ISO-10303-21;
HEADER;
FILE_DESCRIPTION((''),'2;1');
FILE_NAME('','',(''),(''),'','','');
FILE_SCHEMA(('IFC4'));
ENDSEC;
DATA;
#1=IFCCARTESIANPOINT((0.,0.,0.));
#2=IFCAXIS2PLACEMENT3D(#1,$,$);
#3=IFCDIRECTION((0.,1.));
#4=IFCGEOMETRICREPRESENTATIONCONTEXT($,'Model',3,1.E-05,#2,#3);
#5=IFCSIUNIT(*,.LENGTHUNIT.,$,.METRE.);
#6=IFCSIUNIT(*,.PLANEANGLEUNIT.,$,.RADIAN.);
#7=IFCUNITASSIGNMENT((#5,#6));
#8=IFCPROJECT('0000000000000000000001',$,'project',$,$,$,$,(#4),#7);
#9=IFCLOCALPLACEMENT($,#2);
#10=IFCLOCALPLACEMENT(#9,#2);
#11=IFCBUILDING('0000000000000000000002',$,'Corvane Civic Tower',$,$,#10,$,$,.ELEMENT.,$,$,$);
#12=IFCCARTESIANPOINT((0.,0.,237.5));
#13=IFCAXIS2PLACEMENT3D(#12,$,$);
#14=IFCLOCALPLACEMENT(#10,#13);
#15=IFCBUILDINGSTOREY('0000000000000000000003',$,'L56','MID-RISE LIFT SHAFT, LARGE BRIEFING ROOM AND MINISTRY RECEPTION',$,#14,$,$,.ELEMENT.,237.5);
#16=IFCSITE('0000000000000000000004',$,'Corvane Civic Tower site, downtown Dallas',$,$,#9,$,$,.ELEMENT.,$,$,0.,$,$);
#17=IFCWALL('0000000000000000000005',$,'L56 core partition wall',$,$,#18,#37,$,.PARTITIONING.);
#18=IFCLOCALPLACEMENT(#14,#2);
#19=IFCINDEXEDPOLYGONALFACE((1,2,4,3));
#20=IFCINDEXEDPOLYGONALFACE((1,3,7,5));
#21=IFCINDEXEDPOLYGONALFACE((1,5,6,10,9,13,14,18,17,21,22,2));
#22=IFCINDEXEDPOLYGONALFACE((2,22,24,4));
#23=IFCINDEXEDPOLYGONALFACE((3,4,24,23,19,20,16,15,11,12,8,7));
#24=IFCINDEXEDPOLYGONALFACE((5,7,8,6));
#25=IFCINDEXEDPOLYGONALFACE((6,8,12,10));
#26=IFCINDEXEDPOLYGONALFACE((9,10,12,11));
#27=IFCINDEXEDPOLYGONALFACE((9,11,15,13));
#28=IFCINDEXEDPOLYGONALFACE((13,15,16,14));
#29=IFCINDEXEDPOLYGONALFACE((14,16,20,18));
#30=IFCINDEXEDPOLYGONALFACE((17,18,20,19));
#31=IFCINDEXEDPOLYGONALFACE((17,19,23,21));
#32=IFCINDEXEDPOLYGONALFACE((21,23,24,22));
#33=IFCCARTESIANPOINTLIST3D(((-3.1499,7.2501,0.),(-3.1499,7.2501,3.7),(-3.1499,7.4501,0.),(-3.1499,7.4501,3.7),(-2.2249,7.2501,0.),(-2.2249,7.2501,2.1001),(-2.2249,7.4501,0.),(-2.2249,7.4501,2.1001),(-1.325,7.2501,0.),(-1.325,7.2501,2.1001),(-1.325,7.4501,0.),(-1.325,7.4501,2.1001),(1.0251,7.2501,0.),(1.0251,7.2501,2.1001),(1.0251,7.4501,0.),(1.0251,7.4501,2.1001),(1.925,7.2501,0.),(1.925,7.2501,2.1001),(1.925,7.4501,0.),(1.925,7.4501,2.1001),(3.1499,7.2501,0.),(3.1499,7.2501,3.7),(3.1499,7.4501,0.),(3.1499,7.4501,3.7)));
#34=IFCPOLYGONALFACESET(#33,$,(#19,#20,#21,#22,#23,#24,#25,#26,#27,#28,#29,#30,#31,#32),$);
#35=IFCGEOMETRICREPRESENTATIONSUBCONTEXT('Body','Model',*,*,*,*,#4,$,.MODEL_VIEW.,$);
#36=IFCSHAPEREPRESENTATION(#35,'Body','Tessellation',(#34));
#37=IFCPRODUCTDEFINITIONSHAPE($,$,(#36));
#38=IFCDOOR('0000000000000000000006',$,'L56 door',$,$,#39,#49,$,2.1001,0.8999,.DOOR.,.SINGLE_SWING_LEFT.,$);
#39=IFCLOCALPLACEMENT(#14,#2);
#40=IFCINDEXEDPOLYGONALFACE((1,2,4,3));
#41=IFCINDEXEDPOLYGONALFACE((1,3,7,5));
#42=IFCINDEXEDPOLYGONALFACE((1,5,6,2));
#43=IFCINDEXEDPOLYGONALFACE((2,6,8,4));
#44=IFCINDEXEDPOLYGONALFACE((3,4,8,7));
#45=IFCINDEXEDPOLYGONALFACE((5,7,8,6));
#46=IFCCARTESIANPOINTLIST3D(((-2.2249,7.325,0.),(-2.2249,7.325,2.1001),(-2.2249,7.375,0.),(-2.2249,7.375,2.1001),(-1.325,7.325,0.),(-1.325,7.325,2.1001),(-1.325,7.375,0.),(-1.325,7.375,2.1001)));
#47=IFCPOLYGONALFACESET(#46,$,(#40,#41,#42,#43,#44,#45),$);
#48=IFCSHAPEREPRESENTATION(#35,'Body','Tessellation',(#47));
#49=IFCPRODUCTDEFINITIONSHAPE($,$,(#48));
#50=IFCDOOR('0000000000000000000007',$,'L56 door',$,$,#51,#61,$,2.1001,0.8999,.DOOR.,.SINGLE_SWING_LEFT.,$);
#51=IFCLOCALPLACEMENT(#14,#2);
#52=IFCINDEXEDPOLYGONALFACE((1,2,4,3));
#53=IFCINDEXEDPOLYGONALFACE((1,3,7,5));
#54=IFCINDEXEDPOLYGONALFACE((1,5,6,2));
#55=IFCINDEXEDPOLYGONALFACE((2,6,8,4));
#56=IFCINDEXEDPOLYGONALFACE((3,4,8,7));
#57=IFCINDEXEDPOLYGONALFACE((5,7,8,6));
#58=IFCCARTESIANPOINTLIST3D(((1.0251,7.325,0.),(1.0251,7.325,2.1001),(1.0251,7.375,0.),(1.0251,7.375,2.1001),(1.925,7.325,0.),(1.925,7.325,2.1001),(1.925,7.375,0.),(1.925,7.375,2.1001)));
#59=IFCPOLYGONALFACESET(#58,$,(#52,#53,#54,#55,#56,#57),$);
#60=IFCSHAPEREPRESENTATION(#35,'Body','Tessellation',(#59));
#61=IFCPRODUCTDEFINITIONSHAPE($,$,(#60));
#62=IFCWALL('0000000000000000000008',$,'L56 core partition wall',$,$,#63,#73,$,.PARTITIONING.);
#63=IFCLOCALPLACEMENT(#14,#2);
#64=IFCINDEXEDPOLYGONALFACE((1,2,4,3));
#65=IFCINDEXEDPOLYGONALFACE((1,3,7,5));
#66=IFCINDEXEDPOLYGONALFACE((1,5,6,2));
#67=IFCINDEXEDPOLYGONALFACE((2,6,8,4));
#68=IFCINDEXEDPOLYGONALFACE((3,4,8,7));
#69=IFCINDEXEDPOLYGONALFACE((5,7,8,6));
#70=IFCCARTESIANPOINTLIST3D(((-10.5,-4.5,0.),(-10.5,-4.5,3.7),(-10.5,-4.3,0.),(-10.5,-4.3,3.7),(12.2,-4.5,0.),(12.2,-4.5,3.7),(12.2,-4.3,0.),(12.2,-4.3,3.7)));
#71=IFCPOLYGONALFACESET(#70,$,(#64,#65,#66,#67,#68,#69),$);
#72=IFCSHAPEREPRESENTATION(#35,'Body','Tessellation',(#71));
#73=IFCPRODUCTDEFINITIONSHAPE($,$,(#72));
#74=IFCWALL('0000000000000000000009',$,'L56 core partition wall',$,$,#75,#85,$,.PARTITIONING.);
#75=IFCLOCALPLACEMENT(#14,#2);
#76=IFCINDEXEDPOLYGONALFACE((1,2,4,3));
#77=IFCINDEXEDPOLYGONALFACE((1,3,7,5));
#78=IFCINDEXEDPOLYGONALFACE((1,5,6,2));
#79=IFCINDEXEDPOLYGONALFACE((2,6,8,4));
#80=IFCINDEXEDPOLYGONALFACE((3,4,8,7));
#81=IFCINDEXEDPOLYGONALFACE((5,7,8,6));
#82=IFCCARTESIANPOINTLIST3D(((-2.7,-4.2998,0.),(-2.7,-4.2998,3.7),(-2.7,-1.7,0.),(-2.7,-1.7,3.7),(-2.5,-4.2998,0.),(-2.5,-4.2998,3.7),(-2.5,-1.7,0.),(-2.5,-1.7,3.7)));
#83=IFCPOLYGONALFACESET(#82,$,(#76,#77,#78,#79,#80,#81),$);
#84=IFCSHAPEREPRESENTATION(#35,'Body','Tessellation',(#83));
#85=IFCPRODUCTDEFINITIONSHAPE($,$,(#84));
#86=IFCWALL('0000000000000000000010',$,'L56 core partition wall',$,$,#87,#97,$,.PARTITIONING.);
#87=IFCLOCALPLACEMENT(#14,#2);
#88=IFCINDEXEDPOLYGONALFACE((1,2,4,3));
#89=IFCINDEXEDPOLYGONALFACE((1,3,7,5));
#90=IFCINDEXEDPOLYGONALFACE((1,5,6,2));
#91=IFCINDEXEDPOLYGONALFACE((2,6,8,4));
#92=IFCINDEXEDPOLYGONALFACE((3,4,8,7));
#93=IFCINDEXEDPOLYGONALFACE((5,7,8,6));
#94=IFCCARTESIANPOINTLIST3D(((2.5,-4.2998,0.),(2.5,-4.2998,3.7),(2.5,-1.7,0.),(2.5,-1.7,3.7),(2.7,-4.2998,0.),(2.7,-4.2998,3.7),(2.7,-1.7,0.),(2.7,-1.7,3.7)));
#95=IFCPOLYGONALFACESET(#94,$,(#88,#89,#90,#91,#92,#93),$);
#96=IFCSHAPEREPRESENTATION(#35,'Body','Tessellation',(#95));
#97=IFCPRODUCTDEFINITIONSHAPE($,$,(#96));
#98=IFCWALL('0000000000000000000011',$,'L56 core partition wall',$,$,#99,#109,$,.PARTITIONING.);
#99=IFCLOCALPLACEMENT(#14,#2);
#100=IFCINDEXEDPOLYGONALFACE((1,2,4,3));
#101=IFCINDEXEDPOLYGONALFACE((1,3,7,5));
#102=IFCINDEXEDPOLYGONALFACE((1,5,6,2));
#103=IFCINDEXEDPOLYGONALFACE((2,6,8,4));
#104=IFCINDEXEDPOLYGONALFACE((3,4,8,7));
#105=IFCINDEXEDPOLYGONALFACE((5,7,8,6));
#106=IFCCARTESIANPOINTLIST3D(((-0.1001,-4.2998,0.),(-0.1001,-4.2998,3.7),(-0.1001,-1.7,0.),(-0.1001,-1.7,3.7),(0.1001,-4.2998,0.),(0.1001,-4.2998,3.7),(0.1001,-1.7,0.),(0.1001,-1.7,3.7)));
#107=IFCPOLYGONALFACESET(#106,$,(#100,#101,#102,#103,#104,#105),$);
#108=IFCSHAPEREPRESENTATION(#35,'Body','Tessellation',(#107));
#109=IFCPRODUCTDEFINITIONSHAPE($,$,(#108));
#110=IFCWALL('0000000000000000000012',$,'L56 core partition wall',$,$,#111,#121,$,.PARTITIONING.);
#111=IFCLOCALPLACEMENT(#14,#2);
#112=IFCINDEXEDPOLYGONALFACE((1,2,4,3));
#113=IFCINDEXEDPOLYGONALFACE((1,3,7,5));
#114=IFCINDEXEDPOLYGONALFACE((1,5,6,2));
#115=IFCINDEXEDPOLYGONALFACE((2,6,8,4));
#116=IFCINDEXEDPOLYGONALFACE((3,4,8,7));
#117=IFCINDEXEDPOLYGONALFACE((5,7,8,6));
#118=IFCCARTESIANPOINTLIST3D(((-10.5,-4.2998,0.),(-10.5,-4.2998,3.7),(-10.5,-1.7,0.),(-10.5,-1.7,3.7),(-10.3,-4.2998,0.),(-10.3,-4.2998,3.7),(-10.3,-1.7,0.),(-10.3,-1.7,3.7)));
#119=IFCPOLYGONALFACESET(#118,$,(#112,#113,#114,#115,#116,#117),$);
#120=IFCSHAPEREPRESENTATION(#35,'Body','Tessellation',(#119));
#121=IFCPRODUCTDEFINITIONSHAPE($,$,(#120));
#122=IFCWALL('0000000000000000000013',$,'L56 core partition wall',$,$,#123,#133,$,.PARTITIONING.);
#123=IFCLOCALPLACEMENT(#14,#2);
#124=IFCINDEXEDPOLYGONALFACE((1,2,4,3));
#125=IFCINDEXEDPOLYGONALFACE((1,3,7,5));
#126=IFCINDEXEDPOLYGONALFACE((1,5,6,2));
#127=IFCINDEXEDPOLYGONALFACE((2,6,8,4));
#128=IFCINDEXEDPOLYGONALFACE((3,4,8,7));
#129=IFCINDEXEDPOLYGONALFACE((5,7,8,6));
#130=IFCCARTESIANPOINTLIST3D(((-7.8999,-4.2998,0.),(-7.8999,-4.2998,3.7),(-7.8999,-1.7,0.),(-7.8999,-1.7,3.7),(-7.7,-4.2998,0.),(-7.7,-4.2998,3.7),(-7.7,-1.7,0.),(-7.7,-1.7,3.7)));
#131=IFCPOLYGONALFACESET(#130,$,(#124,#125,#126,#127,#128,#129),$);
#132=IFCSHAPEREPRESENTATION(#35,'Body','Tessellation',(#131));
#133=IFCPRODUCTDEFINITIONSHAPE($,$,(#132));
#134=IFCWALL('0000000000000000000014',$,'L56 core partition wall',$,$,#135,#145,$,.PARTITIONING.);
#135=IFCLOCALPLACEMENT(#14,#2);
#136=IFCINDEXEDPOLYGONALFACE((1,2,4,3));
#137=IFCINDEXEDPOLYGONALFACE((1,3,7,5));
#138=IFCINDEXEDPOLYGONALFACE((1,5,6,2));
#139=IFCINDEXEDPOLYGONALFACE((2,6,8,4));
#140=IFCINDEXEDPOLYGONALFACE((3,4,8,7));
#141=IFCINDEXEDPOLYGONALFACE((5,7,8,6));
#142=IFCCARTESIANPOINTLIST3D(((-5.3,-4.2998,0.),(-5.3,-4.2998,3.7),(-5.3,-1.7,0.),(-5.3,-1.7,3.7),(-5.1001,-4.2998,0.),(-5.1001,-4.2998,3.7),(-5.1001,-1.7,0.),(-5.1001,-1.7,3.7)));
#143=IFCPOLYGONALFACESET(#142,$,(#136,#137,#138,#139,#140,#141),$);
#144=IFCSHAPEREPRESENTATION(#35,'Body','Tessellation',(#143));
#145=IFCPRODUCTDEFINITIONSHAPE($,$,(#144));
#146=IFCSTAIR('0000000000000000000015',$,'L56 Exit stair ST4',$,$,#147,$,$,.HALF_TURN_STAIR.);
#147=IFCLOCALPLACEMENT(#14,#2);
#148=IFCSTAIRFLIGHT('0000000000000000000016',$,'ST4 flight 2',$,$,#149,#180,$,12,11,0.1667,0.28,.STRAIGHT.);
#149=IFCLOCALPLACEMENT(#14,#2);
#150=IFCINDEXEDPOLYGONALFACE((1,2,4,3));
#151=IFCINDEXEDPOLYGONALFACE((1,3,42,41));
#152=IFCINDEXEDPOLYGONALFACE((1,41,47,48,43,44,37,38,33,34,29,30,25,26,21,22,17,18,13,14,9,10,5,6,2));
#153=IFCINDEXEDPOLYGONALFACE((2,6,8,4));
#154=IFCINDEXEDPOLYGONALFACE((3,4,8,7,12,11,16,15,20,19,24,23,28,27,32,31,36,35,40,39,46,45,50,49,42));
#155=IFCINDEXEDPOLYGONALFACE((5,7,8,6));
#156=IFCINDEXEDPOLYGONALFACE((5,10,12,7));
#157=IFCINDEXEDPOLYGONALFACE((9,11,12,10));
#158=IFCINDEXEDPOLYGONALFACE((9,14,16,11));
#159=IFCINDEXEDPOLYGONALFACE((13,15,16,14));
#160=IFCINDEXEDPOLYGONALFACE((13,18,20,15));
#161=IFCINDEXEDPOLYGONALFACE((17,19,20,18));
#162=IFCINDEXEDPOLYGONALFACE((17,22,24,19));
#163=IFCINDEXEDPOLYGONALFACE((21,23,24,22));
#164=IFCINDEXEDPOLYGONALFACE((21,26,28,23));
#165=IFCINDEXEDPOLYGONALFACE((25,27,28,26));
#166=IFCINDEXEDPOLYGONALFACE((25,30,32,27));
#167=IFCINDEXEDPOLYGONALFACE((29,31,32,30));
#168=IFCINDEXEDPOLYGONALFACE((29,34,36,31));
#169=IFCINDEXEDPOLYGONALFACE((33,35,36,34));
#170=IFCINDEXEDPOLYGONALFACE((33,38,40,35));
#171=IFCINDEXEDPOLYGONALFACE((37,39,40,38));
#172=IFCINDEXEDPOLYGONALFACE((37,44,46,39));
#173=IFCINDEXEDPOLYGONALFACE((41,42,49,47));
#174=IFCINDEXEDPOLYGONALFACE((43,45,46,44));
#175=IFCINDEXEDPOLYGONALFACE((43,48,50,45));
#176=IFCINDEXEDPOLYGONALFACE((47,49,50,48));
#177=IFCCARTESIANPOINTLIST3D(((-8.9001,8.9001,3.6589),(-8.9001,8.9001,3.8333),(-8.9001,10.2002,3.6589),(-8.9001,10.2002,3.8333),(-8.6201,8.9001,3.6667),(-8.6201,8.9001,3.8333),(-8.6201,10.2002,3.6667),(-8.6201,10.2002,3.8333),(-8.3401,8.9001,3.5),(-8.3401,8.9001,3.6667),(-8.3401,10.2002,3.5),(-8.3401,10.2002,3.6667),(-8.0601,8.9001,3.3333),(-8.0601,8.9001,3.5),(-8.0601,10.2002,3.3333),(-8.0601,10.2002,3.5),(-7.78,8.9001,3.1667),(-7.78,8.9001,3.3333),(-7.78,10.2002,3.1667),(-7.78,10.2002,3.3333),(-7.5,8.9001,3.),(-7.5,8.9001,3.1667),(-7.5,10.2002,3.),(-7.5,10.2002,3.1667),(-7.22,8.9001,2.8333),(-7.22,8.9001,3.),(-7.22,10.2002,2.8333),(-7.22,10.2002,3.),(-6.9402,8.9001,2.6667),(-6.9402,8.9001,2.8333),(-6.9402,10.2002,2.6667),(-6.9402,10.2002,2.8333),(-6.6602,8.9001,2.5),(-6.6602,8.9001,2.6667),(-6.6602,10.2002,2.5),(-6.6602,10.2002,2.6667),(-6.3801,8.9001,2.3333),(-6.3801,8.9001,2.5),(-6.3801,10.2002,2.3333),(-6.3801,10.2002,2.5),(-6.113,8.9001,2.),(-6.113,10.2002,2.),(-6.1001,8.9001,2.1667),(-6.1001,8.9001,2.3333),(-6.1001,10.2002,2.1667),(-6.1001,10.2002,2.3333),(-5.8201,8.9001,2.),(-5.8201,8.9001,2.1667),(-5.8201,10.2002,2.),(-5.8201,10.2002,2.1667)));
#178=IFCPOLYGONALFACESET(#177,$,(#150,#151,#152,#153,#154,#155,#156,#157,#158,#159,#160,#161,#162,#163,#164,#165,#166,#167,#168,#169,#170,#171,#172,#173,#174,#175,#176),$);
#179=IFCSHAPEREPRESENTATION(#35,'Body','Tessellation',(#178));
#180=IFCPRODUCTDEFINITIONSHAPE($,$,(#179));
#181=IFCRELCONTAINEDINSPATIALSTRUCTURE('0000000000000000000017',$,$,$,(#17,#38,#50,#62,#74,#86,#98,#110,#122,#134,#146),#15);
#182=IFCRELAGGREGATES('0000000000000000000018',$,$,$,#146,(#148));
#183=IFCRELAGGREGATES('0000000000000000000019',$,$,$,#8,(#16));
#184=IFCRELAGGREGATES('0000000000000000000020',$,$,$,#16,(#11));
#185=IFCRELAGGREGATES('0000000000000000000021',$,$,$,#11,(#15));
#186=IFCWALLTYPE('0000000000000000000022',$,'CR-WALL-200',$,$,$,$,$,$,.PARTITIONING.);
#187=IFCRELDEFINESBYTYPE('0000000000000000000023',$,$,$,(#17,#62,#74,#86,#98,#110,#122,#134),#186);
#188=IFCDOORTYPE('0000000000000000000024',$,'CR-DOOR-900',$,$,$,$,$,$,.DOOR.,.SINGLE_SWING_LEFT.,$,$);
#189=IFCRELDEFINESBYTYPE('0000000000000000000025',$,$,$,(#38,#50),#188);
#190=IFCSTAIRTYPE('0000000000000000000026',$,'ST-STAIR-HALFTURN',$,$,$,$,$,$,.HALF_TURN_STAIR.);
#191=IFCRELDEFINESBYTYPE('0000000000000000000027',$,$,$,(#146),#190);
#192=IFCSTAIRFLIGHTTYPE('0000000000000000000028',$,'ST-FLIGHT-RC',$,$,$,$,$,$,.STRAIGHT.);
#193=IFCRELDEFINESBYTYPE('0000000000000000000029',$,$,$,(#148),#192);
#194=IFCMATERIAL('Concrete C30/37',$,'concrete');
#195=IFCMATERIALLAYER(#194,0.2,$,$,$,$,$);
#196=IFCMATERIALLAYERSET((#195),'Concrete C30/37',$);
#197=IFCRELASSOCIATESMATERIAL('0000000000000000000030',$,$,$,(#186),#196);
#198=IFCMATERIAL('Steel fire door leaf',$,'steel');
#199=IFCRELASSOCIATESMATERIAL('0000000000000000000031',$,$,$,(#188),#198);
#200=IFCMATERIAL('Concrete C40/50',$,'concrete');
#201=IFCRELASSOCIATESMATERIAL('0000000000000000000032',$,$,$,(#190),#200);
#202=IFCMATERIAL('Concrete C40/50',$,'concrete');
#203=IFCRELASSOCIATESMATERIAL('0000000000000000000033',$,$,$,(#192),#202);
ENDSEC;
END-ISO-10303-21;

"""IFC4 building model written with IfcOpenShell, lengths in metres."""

from ifc_helpers import new_model, si_unit, direction, frame, frame_2d, origin, place, context, subcontext, project, spatial, polyline, rectangle, outline, extrude, material, layer, layer_set, type_object, element, fill, aggregate, save


model = new_model("IFC4")

# Units and contexts
model_context = context("Model", 3, precision=1e-05, world=origin(), true_north=direction((0.0, 1.0)))
body_context = subcontext(model_context, "Body", "Model", "MODEL_VIEW")
ifc_project = project(units=[si_unit("LENGTHUNIT", "METRE"), si_unit("PLANEANGLEUNIT", "RADIAN")], contexts=[model_context])

# Site, building, storey
site_placement = place(None, origin())
site = spatial("IfcSite", under=ifc_project, at=site_placement, Name="Corvane Civic Tower site, downtown Dallas", CompositionType="ELEMENT", RefElevation=0.0)
building_placement = place(site_placement, origin())
building = spatial("IfcBuilding", under=site, at=building_placement, Name="Corvane Civic Tower", CompositionType="ELEMENT")
storey_placement = place(building_placement, frame((0.0, 0.0, 237.5)))
storey = spatial("IfcBuildingStorey", under=building, at=storey_placement, Name="L56", Description="MID-RISE LIFT SHAFT, LARGE BRIEFING ROOM AND MINISTRY RECEPTION", CompositionType="ELEMENT", Elevation=237.5)

# Wall, openings, doors
ifc_material_1 = material(Name="Concrete C30/37", Category="concrete")
ifc_layer = layer(ifc_material_1, 0.2)
ifc_layer_set = layer_set([ifc_layer], Name="Concrete C30/37")
wall_type = type_object("IfcWallType", Name="CR-WALL-200", PredefinedType="PARTITIONING", material=ifc_layer_set)
wall_1_placement = place(storey_placement, frame((-3.1499, 7.3501, 0.0), z_axis=(0.0, 0.0, 1.0), x_axis=(1.0, 0.0, 0.0)))
wall_1 = element("IfcWall", 1, at=wall_1_placement, inside=storey, type_object=wall_type, Name="L56 core partition wall", PredefinedType="PARTITIONING", context=body_context, shape_type="SweptSolid", body=[
    extrude(rectangle(XDim=6.2998, YDim=0.2, at=frame_2d((3.1499, 0.0))), origin(), (0.0, 0.0, 1.0), 3.7),
])
opening_1_placement = place(wall_1_placement, frame((0.925, 0.0, 0.0)))
opening_1 = element("IfcOpeningElement", 2, at=opening_1_placement, cuts=wall_1, PredefinedType="OPENING", context=body_context, shape_type="SweptSolid", body=[
    extrude(rectangle(XDim=0.8999, YDim=2.1001, at=frame_2d((0.45, 1.05))), frame((0.0, 0.1099, 0.0), z_axis=(0.0, -1.0, 0.0), x_axis=(1.0, 0.0, 0.0)), (0.0, 0.0, 1.0), 0.22),
])
opening_2_placement = place(wall_1_placement, frame((4.175, 0.0, 0.0)))
opening_2 = element("IfcOpeningElement", 3, at=opening_2_placement, cuts=wall_1, PredefinedType="OPENING", context=body_context, shape_type="SweptSolid", body=[
    extrude(rectangle(XDim=0.8999, YDim=2.1001, at=frame_2d((0.45, 1.05))), frame((0.0, 0.1099, 0.0), z_axis=(0.0, -1.0, 0.0), x_axis=(1.0, 0.0, 0.0)), (0.0, 0.0, 1.0), 0.22),
])
ifc_material_2 = material(Name="Steel fire door leaf", Category="steel")
door_type = type_object("IfcDoorType", Name="CR-DOOR-900", OperationType="SINGLE_SWING_LEFT", PredefinedType="DOOR", material=ifc_material_2)
door_1_placement = place(opening_1_placement, origin())
door_1 = element("IfcDoor", 4, at=door_1_placement, inside=storey, type_object=door_type, Name="L56 door", OperationType="SINGLE_SWING_LEFT", OverallHeight=2.1001, OverallWidth=0.8999, PredefinedType="DOOR", context=body_context, shape_type="SweptSolid", body=[
    extrude(rectangle(XDim=0.8999, YDim=2.1001, at=frame_2d((0.45, 1.05))), frame((0.0, 0.0249, 0.0), z_axis=(0.0, -1.0, 0.0), x_axis=(1.0, 0.0, 0.0)), (0.0, 0.0, 1.0), 0.05),
])
fill(opening_1, door_1)
door_2_placement = place(opening_2_placement, origin())
door_2 = element("IfcDoor", 5, at=door_2_placement, inside=storey, type_object=door_type, Name="L56 door", OperationType="SINGLE_SWING_LEFT", OverallHeight=2.1001, OverallWidth=0.8999, PredefinedType="DOOR", context=body_context, shape_type="SweptSolid", body=[
    extrude(rectangle(XDim=0.8999, YDim=2.1001, at=frame_2d((0.45, 1.05))), frame((0.0, 0.0249, 0.0), z_axis=(0.0, -1.0, 0.0), x_axis=(1.0, 0.0, 0.0)), (0.0, 0.0, 1.0), 0.05),
])
fill(opening_2, door_2)

# Walls
wall_2_placement = place(storey_placement, origin())
element("IfcWall", 6, at=wall_2_placement, inside=storey, type_object=wall_type, Name="L56 core partition wall", PredefinedType="PARTITIONING", context=body_context, shape_type="SweptSolid", body=[
    extrude(outline(polyline([(12.2, -4.3), (12.2, -4.5), (-10.5, -4.5), (-10.5, -4.3), (12.2, -4.3)])), origin(), (0.0, 0.0, 1.0), 3.7),
])
wall_3_placement = place(storey_placement, origin())
element("IfcWall", 7, at=wall_3_placement, inside=storey, type_object=wall_type, Name="L56 core partition wall", PredefinedType="PARTITIONING", context=body_context, shape_type="SweptSolid", body=[
    extrude(outline(polyline([(-2.5, -1.7), (-2.5, -4.2998), (-2.7, -4.2998), (-2.7, -1.7), (-2.5, -1.7)])), origin(), (0.0, 0.0, 1.0), 3.7),
])
wall_4_placement = place(storey_placement, origin())
element("IfcWall", 8, at=wall_4_placement, inside=storey, type_object=wall_type, Name="L56 core partition wall", PredefinedType="PARTITIONING", context=body_context, shape_type="SweptSolid", body=[
    extrude(outline(polyline([(2.7, -1.7), (2.7, -4.2998), (2.5, -4.2998), (2.5, -1.7), (2.7, -1.7)])), origin(), (0.0, 0.0, 1.0), 3.7),
])
wall_5_placement = place(storey_placement, origin())
element("IfcWall", 9, at=wall_5_placement, inside=storey, type_object=wall_type, Name="L56 core partition wall", PredefinedType="PARTITIONING", context=body_context, shape_type="SweptSolid", body=[
    extrude(outline(polyline([(0.1001, -1.7), (0.1001, -4.2998), (-0.1001, -4.2998), (-0.1001, -1.7), (0.1001, -1.7)])), origin(), (0.0, 0.0, 1.0), 3.7),
])
wall_6_placement = place(storey_placement, origin())
element("IfcWall", 10, at=wall_6_placement, inside=storey, type_object=wall_type, Name="L56 core partition wall", PredefinedType="PARTITIONING", context=body_context, shape_type="SweptSolid", body=[
    extrude(outline(polyline([(-10.3, -1.7), (-10.3, -4.2998), (-10.5, -4.2998), (-10.5, -1.7), (-10.3, -1.7)])), origin(), (0.0, 0.0, 1.0), 3.7),
])
wall_7_placement = place(storey_placement, origin())
element("IfcWall", 11, at=wall_7_placement, inside=storey, type_object=wall_type, Name="L56 core partition wall", PredefinedType="PARTITIONING", context=body_context, shape_type="SweptSolid", body=[
    extrude(outline(polyline([(-7.7, -1.7), (-7.7, -4.2998), (-7.8999, -4.2998), (-7.8999, -1.7), (-7.7, -1.7)])), origin(), (0.0, 0.0, 1.0), 3.7),
])
wall_8_placement = place(storey_placement, origin())
element("IfcWall", 12, at=wall_8_placement, inside=storey, type_object=wall_type, Name="L56 core partition wall", PredefinedType="PARTITIONING", context=body_context, shape_type="SweptSolid", body=[
    extrude(outline(polyline([(-5.1001, -1.7), (-5.1001, -4.2998), (-5.3, -4.2998), (-5.3, -1.7), (-5.1001, -1.7)])), origin(), (0.0, 0.0, 1.0), 3.7),
])

# Stair, stair flight
ifc_material_3 = material(Name="Concrete C40/50", Category="concrete")
stair_type = type_object("IfcStairType", Name="ST-STAIR-HALFTURN", PredefinedType="HALF_TURN_STAIR", material=ifc_material_3)
stair_placement = place(storey_placement, origin())
stair = element("IfcStair", 13, at=stair_placement, inside=storey, type_object=stair_type, Name="L56 Exit stair ST4", PredefinedType="HALF_TURN_STAIR")
ifc_material_4 = material(Name="Concrete C40/50", Category="concrete")
stair_flight_type = type_object("IfcStairFlightType", Name="ST-FLIGHT-RC", PredefinedType="STRAIGHT", material=ifc_material_4)
stair_flight_placement = place(storey_placement, frame((-5.8201, 9.55, 2.0), z_axis=(0.0, 0.0, 1.0), x_axis=(-1.0, 0.0, 0.0)))
stair_flight = element("IfcStairFlight", 14, at=stair_flight_placement, type_object=stair_flight_type, Name="ST4 flight 2", NumberOfRisers=12, NumberOfTreads=11, PredefinedType="STRAIGHT", RiserHeight=0.1667, TreadLength=0.28, context=body_context, shape_type="SweptSolid", body=[
    extrude(outline(polyline([(0.0, 0.0), (0.0, 0.1667), (0.28, 0.1667), (0.28, 0.3333), (0.5601, 0.3333), (0.5601, 0.5), (0.8401, 0.5), (0.8401, 0.6667), (1.1201, 0.6667), (1.1201, 0.8333), (1.3999, 0.8333), (1.3999, 1.0), (1.6799, 1.0), (1.6799, 1.1667), (1.96, 1.1667), (1.96, 1.3333), (2.24, 1.3333), (2.24, 1.5), (2.52, 1.5), (2.52, 1.6667), (2.8, 1.6667), (2.8, 1.8333), (3.0801, 1.8333), (3.0801, 2.0), (3.0801, 1.6589), (0.293, 0.0), (0.0, 0.0)])), frame((0.0, 0.6499, 0.0), z_axis=(0.0, -1.0, 0.0), x_axis=(1.0, 0.0, 0.0)), (0.0, 0.0, 1.0), 1.3),
])
aggregate(stair, [stair_flight])

save(model, "model.ifc")
